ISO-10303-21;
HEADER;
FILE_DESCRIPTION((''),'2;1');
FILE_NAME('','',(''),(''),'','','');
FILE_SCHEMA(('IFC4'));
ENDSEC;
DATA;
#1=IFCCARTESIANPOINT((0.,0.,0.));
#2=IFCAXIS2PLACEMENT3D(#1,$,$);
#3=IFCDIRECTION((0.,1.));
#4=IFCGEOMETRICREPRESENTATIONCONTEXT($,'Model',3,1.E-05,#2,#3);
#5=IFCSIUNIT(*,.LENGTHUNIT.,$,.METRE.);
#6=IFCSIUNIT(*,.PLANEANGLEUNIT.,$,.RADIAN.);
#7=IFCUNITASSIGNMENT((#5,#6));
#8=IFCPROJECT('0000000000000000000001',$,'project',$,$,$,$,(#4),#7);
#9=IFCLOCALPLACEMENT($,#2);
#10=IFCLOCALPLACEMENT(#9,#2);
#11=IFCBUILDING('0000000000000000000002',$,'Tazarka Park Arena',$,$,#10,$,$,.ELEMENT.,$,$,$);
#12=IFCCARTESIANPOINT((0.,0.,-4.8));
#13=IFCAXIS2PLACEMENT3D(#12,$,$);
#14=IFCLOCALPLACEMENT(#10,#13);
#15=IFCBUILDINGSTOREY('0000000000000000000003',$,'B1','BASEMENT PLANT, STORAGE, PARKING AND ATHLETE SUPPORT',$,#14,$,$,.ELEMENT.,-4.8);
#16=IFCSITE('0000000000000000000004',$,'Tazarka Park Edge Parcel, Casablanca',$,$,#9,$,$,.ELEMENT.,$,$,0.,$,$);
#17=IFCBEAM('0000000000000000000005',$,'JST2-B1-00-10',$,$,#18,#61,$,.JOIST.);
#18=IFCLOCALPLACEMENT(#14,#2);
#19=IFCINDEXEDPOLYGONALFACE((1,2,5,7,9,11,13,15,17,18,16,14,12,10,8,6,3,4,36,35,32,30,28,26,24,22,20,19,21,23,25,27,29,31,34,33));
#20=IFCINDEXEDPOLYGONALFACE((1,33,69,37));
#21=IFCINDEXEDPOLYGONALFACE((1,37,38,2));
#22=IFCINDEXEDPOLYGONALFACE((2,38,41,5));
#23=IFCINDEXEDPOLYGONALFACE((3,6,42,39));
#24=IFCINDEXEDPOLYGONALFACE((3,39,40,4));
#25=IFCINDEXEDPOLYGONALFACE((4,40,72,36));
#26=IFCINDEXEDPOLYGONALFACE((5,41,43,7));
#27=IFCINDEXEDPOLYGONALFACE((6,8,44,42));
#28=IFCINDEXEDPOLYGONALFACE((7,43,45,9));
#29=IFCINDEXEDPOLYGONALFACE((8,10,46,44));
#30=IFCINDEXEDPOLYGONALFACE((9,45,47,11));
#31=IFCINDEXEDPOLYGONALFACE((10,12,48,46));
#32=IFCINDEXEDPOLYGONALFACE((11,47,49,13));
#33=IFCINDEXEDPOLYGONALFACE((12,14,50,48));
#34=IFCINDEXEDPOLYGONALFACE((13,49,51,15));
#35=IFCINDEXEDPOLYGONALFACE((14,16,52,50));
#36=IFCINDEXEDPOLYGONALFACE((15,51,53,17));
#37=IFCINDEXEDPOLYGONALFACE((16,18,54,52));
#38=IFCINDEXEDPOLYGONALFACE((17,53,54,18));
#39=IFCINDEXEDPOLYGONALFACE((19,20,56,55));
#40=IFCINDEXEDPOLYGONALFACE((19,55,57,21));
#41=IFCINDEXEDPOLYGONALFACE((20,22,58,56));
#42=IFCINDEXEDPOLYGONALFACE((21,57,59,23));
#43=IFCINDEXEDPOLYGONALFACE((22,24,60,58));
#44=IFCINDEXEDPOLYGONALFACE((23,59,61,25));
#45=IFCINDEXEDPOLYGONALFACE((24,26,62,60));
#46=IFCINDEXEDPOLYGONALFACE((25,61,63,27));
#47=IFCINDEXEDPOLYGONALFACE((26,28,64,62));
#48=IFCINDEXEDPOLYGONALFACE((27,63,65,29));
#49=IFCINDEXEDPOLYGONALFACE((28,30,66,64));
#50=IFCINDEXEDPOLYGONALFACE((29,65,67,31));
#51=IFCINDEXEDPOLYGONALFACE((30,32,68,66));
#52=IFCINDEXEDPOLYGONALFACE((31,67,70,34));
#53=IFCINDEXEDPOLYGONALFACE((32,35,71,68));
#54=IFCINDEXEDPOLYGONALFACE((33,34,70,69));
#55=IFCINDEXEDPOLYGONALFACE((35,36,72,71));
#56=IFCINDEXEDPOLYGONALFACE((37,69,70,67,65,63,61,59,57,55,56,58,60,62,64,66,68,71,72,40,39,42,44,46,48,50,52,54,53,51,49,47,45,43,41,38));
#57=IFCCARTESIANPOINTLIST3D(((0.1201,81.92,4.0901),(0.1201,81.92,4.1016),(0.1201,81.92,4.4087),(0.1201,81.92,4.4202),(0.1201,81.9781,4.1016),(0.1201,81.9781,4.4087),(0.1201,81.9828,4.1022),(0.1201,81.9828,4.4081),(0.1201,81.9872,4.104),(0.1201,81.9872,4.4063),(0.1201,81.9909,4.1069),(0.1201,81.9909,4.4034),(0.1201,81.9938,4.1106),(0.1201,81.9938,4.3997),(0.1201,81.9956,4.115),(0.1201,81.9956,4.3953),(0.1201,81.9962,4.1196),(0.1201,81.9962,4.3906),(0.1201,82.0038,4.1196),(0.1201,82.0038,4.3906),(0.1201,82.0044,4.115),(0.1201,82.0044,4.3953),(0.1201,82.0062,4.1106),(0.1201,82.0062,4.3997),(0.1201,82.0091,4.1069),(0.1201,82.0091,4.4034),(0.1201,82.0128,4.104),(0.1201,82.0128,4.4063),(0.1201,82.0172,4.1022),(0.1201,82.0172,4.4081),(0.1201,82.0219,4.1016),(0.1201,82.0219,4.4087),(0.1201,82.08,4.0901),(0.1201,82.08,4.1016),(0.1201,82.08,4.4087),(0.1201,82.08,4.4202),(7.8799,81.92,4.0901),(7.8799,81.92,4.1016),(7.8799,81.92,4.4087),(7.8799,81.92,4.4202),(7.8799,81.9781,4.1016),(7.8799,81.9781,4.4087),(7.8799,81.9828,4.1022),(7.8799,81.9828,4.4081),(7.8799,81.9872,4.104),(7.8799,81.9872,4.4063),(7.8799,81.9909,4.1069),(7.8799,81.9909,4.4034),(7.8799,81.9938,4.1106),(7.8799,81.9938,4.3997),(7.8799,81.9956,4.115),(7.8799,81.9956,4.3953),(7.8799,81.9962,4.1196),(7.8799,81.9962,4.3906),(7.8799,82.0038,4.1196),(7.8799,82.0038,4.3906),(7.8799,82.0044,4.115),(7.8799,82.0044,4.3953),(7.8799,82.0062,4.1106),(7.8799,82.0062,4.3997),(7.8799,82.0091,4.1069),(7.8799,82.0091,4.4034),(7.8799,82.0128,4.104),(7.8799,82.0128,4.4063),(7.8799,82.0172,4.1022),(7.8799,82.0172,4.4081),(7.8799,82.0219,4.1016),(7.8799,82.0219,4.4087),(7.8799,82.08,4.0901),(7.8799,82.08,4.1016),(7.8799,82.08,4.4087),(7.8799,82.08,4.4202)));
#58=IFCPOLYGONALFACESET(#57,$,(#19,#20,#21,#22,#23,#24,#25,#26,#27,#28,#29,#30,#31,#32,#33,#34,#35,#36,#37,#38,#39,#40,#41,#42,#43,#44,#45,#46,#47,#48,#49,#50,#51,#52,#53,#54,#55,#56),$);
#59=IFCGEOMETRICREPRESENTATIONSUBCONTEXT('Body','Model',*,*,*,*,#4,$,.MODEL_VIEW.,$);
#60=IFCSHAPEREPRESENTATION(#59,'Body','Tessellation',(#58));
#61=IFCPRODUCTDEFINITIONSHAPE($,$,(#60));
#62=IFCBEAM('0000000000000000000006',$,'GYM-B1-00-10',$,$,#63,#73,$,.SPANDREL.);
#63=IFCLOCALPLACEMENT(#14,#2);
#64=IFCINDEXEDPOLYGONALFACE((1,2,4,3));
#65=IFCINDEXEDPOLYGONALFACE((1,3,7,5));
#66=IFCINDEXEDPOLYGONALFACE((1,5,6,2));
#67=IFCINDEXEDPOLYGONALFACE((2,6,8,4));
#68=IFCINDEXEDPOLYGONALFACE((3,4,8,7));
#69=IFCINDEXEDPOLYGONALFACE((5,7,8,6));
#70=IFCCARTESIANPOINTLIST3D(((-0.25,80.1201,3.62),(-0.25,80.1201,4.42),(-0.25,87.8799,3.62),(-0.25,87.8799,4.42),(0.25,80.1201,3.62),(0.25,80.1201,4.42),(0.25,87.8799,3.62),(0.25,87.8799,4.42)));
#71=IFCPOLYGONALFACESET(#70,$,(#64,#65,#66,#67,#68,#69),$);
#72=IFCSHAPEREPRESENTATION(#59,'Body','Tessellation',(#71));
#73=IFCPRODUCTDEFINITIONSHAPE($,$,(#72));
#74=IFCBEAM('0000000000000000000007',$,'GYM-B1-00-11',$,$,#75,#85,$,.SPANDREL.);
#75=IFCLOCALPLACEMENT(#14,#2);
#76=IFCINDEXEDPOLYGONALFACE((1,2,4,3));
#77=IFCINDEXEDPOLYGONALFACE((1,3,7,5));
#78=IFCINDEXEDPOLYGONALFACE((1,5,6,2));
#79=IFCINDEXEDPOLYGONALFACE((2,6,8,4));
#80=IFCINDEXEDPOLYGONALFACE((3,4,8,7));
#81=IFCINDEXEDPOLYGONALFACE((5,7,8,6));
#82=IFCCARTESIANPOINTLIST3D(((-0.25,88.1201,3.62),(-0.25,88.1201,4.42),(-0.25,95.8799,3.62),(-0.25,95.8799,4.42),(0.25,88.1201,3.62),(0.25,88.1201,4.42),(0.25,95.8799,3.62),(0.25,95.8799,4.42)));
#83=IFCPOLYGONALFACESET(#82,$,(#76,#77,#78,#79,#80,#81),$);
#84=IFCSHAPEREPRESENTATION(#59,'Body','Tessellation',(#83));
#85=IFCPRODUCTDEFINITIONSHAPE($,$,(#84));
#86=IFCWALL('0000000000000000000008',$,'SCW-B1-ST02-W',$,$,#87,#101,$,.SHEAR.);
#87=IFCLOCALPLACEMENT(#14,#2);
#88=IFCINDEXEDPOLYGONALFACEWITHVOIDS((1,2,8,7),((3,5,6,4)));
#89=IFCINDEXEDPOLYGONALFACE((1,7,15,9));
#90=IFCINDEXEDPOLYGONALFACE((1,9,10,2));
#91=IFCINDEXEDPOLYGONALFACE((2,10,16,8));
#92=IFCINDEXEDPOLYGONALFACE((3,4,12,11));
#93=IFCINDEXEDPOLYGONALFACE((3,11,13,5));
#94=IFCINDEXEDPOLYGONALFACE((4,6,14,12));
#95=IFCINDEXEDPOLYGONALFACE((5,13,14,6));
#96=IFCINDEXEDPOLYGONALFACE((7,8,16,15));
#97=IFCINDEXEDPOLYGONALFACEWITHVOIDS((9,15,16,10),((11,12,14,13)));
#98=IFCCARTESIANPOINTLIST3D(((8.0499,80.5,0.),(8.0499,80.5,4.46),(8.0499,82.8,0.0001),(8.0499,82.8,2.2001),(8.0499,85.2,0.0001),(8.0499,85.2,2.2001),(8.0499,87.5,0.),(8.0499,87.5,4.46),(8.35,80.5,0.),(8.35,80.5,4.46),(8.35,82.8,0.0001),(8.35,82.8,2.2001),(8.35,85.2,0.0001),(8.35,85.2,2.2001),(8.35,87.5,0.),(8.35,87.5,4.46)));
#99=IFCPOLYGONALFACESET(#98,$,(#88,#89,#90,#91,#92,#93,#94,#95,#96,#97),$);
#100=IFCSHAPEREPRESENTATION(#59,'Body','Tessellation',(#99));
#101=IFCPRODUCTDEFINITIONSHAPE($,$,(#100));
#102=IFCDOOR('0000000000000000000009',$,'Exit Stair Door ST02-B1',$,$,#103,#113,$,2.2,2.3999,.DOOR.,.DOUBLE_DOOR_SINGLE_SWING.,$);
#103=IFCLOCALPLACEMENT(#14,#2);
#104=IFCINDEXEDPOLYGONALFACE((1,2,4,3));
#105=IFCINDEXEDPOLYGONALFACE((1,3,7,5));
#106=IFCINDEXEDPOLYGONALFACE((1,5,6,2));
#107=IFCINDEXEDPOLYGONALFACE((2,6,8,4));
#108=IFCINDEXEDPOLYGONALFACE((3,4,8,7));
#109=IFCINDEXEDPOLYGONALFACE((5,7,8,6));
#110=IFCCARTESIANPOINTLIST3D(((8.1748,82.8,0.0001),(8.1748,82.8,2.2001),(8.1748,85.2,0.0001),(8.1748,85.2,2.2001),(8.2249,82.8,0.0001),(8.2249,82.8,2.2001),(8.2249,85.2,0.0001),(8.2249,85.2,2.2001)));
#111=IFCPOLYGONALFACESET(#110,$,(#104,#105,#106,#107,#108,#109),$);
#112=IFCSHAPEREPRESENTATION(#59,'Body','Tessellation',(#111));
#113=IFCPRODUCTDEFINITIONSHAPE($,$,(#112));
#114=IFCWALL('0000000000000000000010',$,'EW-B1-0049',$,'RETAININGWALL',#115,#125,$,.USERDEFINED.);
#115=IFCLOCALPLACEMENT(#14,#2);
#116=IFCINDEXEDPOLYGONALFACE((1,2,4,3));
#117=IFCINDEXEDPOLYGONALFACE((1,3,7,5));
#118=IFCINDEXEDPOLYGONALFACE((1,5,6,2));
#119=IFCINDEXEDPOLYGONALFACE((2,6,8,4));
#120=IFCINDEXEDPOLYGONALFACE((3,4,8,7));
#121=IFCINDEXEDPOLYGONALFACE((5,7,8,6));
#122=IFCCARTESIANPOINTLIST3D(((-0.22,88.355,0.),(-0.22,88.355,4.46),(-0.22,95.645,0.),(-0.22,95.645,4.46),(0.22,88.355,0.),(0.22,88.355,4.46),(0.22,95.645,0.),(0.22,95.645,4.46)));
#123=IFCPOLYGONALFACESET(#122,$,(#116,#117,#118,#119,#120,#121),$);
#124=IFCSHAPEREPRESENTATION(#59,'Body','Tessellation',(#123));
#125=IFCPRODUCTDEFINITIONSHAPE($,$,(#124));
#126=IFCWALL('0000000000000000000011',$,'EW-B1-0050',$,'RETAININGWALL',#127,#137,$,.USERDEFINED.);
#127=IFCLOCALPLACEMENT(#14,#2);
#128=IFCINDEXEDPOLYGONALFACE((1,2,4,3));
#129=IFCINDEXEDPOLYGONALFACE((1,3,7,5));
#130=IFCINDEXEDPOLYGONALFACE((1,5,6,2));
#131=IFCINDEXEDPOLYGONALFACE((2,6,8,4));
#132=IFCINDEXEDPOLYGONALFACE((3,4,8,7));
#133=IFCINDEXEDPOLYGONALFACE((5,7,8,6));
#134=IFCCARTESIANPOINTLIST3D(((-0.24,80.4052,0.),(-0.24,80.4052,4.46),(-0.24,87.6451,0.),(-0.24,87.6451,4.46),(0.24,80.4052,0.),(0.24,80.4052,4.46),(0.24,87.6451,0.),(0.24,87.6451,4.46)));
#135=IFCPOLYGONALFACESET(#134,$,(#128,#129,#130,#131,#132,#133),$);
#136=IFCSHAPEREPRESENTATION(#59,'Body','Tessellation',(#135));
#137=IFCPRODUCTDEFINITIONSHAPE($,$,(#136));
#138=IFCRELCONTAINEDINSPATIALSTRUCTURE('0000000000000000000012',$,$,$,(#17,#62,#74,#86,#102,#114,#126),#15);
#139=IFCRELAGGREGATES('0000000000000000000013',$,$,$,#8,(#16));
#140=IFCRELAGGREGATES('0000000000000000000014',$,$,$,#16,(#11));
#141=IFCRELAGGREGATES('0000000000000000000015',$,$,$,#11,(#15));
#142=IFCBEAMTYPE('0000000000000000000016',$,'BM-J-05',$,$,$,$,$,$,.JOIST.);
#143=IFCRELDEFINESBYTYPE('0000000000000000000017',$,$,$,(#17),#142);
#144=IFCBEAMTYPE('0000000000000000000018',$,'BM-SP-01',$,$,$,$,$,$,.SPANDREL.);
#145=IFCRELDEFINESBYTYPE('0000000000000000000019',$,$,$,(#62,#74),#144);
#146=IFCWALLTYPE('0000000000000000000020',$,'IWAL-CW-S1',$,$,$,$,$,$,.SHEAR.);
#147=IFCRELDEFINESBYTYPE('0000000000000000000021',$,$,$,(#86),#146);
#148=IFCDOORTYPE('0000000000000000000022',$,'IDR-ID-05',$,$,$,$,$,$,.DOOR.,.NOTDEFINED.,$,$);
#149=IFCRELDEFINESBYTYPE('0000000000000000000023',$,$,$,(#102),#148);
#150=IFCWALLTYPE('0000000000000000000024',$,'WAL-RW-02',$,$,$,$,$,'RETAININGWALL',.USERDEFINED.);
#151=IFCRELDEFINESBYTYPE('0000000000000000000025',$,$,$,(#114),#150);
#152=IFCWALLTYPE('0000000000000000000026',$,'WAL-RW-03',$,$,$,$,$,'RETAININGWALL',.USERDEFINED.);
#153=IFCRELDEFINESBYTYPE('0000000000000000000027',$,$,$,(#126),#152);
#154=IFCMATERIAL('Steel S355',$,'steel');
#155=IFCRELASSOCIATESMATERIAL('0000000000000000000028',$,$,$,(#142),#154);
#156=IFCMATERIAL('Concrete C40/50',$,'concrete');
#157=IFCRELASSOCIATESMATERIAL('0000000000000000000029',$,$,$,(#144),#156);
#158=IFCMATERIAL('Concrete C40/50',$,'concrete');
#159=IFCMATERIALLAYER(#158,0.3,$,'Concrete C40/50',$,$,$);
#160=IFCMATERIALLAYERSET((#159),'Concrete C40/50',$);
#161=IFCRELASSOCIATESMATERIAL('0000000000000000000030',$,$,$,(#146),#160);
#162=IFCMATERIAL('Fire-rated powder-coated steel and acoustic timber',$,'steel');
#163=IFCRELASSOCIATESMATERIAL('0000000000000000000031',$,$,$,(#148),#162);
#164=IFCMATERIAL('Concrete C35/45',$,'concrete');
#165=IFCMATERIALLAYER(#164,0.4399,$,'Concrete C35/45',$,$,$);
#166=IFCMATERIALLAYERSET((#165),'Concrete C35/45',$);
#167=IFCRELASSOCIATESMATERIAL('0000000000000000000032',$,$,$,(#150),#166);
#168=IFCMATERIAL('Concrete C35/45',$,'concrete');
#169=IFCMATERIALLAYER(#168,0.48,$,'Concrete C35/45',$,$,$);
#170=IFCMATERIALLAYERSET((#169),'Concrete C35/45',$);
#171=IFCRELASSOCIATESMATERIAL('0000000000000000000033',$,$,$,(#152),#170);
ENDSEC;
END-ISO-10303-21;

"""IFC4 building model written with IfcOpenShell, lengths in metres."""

from ifc_helpers import new_model, si_unit, direction, frame, frame_2d, origin, origin_2d, place, context, subcontext, project, spatial, rectangle, i_section, extrude, material, layer, layer_set, material_profile, profile_set, type_object, element, fill, save


model = new_model("IFC4")

# Units and contexts
model_context = context("Model", 3, precision=1e-05, world=origin(), true_north=direction((0.0, 1.0)))
body_context = subcontext(model_context, "Body", "Model", "MODEL_VIEW")
ifc_project = project(units=[si_unit("LENGTHUNIT", "METRE"), si_unit("PLANEANGLEUNIT", "RADIAN")], contexts=[model_context])

# Site, building, storey
site_placement = place(None, origin())
site = spatial("IfcSite", under=ifc_project, at=site_placement, Name="Tazarka Park Edge Parcel, Casablanca", CompositionType="ELEMENT", RefElevation=0.0)
building_placement = place(site_placement, origin())
building = spatial("IfcBuilding", under=site, at=building_placement, Name="Tazarka Park Arena", CompositionType="ELEMENT")
storey_placement = place(building_placement, frame((0.0, 0.0, -4.8)))
storey = spatial("IfcBuildingStorey", under=building, at=storey_placement, Name="B1", Description="BASEMENT PLANT, STORAGE, PARKING AND ATHLETE SUPPORT", CompositionType="ELEMENT", Elevation=-4.8)

# Beams
ifc_material_1 = material(Name="Steel S355", Category="steel")
ifc_material_profile_1 = material_profile(ifc_material_1, i_section(OverallWidth=0.1599, OverallDepth=0.3301, WebThickness=0.0076, FlangeThickness=0.0115, FilletRadius=0.0181, at=origin_2d()), Name="Steel S355")
ifc_profile_set_1 = profile_set([ifc_material_profile_1], Name="Steel S355")
beam_type_1 = type_object("IfcBeamType", Name="BM-J-05", PredefinedType="JOIST", material=ifc_profile_set_1)
beam_1_placement = place(storey_placement, frame((0.1201, 82.0, 4.2551), z_axis=(1.0, 0.0, 0.0), x_axis=(0.0, 1.0, 0.0)))
element("IfcBeam", 1, at=beam_1_placement, inside=storey, type_object=beam_type_1, Name="JST2-B1-00-10", PredefinedType="JOIST", context=body_context, shape_type="SweptSolid", body=[
    extrude(i_section(OverallWidth=0.1599, OverallDepth=0.3301, WebThickness=0.0076, FlangeThickness=0.0115, FilletRadius=0.0181, at=origin_2d()), origin(), (0.0, 0.0, 1.0), 7.7598),
])
ifc_material_2 = material(Name="Concrete C40/50", Category="concrete")
ifc_material_profile_2 = material_profile(ifc_material_2, rectangle(XDim=0.5, YDim=0.8, at=origin_2d()), Name="Concrete C40/50")
ifc_profile_set_2 = profile_set([ifc_material_profile_2], Name="Concrete C40/50")
beam_type_2 = type_object("IfcBeamType", Name="BM-SP-01", PredefinedType="SPANDREL", material=ifc_profile_set_2)
for number, where, z_axis, x_axis, name in (
    (2, (0.0, 80.1201, 4.02), (0.0, 1.0, 0.0), (-1.0, 0.0, 0.0), "GYM-B1-00-10"),
    (3, (0.0, 88.1201, 4.02), (0.0, 1.0, 0.0), (-1.0, 0.0, 0.0), "GYM-B1-00-11"),
):
    element("IfcBeam", number, at=place(storey_placement, frame(where, z_axis=z_axis, x_axis=x_axis)), inside=storey, type_object=beam_type_2, Name=name, PredefinedType="SPANDREL", context=body_context, shape_type="SweptSolid", body=[
        extrude(rectangle(XDim=0.5, YDim=0.8, at=origin_2d()), origin(), (0.0, 0.0, 1.0), 7.7598),
    ])

# Wall, opening, door
ifc_material_3 = material(Name="Concrete C40/50", Category="concrete")
ifc_layer_1 = layer(ifc_material_3, 0.3, Name="Concrete C40/50")
ifc_layer_set_1 = layer_set([ifc_layer_1], Name="Concrete C40/50")
wall_type_1 = type_object("IfcWallType", Name="IWAL-CW-S1", PredefinedType="SHEAR", material=ifc_layer_set_1)
wall_1_placement = place(storey_placement, frame((8.2, 80.5, 0.0), z_axis=(0.0, 0.0, 1.0), x_axis=(0.0, 1.0, 0.0)))
wall_1 = element("IfcWall", 4, at=wall_1_placement, inside=storey, type_object=wall_type_1, Name="SCW-B1-ST02-W", PredefinedType="SHEAR", context=body_context, shape_type="SweptSolid", body=[
    extrude(rectangle(XDim=7.0, YDim=0.3, at=frame_2d((3.5, 0.0))), origin(), (0.0, 0.0, 1.0), 4.46),
])
opening_placement = place(wall_1_placement, frame((2.3, 0.0, 0.0)))
opening = element("IfcOpeningElement", 5, at=opening_placement, cuts=wall_1, PredefinedType="OPENING", context=body_context, shape_type="SweptSolid", body=[
    extrude(rectangle(XDim=2.3999, YDim=2.2, at=frame_2d((1.2, 1.1001))), frame((0.0, 0.1602, 0.0), z_axis=(0.0, -1.0, 0.0), x_axis=(1.0, 0.0, 0.0)), (0.0, 0.0, 1.0), 0.3201),
])
ifc_material_4 = material(Name="Fire-rated powder-coated steel and acoustic timber", Category="steel")
door_type = type_object("IfcDoorType", Name="IDR-ID-05", OperationType="NOTDEFINED", PredefinedType="DOOR", material=ifc_material_4)
door_placement = place(opening_placement, frame((2.3999, 0.0, 0.0), z_axis=(0.0, 0.0, 1.0), x_axis=(-1.0, 0.0, 0.0)))
door = element("IfcDoor", 6, at=door_placement, inside=storey, type_object=door_type, Name="Exit Stair Door ST02-B1", OperationType="DOUBLE_DOOR_SINGLE_SWING", OverallHeight=2.2, OverallWidth=2.3999, PredefinedType="DOOR", context=body_context, shape_type="SweptSolid", body=[
    extrude(rectangle(XDim=2.3999, YDim=2.2, at=frame_2d((1.2, 1.1001))), frame((0.0, 0.0249, 0.0), z_axis=(0.0, -1.0, 0.0), x_axis=(1.0, 0.0, 0.0)), (0.0, 0.0, 1.0), 0.05),
])
fill(opening, door)

# Walls
ifc_material_5 = material(Name="Concrete C35/45", Category="concrete")
ifc_layer_2 = layer(ifc_material_5, 0.4399, Name="Concrete C35/45")
ifc_layer_set_2 = layer_set([ifc_layer_2], Name="Concrete C35/45")
wall_type_2 = type_object("IfcWallType", Name="WAL-RW-02", ElementType="RETAININGWALL", PredefinedType="USERDEFINED", material=ifc_layer_set_2)
wall_2_placement = place(storey_placement, frame((0.0, 88.355, 0.0), z_axis=(0.0, 0.0, 1.0), x_axis=(0.0, 1.0, 0.0)))
element("IfcWall", 7, at=wall_2_placement, inside=storey, type_object=wall_type_2, Name="EW-B1-0049", ObjectType="RETAININGWALL", PredefinedType="USERDEFINED", context=body_context, shape_type="SweptSolid", body=[
    extrude(rectangle(XDim=7.29, YDim=0.4399, at=frame_2d((3.645, 0.0))), origin(), (0.0, 0.0, 1.0), 4.46),
])
ifc_material_6 = material(Name="Concrete C35/45", Category="concrete")
ifc_layer_3 = layer(ifc_material_6, 0.48, Name="Concrete C35/45")
ifc_layer_set_3 = layer_set([ifc_layer_3], Name="Concrete C35/45")
wall_type_3 = type_object("IfcWallType", Name="WAL-RW-03", ElementType="RETAININGWALL", PredefinedType="USERDEFINED", material=ifc_layer_set_3)
wall_3_placement = place(storey_placement, frame((0.0, 80.405, 0.0), z_axis=(0.0, 0.0, 1.0), x_axis=(0.0, 1.0, 0.0)))
element("IfcWall", 8, at=wall_3_placement, inside=storey, type_object=wall_type_3, Name="EW-B1-0050", ObjectType="RETAININGWALL", PredefinedType="USERDEFINED", context=body_context, shape_type="SweptSolid", body=[
    extrude(rectangle(XDim=7.24, YDim=0.48, at=frame_2d((3.6201, 0.0))), origin(), (0.0, 0.0, 1.0), 4.46),
])

save(model, "model.ifc")
